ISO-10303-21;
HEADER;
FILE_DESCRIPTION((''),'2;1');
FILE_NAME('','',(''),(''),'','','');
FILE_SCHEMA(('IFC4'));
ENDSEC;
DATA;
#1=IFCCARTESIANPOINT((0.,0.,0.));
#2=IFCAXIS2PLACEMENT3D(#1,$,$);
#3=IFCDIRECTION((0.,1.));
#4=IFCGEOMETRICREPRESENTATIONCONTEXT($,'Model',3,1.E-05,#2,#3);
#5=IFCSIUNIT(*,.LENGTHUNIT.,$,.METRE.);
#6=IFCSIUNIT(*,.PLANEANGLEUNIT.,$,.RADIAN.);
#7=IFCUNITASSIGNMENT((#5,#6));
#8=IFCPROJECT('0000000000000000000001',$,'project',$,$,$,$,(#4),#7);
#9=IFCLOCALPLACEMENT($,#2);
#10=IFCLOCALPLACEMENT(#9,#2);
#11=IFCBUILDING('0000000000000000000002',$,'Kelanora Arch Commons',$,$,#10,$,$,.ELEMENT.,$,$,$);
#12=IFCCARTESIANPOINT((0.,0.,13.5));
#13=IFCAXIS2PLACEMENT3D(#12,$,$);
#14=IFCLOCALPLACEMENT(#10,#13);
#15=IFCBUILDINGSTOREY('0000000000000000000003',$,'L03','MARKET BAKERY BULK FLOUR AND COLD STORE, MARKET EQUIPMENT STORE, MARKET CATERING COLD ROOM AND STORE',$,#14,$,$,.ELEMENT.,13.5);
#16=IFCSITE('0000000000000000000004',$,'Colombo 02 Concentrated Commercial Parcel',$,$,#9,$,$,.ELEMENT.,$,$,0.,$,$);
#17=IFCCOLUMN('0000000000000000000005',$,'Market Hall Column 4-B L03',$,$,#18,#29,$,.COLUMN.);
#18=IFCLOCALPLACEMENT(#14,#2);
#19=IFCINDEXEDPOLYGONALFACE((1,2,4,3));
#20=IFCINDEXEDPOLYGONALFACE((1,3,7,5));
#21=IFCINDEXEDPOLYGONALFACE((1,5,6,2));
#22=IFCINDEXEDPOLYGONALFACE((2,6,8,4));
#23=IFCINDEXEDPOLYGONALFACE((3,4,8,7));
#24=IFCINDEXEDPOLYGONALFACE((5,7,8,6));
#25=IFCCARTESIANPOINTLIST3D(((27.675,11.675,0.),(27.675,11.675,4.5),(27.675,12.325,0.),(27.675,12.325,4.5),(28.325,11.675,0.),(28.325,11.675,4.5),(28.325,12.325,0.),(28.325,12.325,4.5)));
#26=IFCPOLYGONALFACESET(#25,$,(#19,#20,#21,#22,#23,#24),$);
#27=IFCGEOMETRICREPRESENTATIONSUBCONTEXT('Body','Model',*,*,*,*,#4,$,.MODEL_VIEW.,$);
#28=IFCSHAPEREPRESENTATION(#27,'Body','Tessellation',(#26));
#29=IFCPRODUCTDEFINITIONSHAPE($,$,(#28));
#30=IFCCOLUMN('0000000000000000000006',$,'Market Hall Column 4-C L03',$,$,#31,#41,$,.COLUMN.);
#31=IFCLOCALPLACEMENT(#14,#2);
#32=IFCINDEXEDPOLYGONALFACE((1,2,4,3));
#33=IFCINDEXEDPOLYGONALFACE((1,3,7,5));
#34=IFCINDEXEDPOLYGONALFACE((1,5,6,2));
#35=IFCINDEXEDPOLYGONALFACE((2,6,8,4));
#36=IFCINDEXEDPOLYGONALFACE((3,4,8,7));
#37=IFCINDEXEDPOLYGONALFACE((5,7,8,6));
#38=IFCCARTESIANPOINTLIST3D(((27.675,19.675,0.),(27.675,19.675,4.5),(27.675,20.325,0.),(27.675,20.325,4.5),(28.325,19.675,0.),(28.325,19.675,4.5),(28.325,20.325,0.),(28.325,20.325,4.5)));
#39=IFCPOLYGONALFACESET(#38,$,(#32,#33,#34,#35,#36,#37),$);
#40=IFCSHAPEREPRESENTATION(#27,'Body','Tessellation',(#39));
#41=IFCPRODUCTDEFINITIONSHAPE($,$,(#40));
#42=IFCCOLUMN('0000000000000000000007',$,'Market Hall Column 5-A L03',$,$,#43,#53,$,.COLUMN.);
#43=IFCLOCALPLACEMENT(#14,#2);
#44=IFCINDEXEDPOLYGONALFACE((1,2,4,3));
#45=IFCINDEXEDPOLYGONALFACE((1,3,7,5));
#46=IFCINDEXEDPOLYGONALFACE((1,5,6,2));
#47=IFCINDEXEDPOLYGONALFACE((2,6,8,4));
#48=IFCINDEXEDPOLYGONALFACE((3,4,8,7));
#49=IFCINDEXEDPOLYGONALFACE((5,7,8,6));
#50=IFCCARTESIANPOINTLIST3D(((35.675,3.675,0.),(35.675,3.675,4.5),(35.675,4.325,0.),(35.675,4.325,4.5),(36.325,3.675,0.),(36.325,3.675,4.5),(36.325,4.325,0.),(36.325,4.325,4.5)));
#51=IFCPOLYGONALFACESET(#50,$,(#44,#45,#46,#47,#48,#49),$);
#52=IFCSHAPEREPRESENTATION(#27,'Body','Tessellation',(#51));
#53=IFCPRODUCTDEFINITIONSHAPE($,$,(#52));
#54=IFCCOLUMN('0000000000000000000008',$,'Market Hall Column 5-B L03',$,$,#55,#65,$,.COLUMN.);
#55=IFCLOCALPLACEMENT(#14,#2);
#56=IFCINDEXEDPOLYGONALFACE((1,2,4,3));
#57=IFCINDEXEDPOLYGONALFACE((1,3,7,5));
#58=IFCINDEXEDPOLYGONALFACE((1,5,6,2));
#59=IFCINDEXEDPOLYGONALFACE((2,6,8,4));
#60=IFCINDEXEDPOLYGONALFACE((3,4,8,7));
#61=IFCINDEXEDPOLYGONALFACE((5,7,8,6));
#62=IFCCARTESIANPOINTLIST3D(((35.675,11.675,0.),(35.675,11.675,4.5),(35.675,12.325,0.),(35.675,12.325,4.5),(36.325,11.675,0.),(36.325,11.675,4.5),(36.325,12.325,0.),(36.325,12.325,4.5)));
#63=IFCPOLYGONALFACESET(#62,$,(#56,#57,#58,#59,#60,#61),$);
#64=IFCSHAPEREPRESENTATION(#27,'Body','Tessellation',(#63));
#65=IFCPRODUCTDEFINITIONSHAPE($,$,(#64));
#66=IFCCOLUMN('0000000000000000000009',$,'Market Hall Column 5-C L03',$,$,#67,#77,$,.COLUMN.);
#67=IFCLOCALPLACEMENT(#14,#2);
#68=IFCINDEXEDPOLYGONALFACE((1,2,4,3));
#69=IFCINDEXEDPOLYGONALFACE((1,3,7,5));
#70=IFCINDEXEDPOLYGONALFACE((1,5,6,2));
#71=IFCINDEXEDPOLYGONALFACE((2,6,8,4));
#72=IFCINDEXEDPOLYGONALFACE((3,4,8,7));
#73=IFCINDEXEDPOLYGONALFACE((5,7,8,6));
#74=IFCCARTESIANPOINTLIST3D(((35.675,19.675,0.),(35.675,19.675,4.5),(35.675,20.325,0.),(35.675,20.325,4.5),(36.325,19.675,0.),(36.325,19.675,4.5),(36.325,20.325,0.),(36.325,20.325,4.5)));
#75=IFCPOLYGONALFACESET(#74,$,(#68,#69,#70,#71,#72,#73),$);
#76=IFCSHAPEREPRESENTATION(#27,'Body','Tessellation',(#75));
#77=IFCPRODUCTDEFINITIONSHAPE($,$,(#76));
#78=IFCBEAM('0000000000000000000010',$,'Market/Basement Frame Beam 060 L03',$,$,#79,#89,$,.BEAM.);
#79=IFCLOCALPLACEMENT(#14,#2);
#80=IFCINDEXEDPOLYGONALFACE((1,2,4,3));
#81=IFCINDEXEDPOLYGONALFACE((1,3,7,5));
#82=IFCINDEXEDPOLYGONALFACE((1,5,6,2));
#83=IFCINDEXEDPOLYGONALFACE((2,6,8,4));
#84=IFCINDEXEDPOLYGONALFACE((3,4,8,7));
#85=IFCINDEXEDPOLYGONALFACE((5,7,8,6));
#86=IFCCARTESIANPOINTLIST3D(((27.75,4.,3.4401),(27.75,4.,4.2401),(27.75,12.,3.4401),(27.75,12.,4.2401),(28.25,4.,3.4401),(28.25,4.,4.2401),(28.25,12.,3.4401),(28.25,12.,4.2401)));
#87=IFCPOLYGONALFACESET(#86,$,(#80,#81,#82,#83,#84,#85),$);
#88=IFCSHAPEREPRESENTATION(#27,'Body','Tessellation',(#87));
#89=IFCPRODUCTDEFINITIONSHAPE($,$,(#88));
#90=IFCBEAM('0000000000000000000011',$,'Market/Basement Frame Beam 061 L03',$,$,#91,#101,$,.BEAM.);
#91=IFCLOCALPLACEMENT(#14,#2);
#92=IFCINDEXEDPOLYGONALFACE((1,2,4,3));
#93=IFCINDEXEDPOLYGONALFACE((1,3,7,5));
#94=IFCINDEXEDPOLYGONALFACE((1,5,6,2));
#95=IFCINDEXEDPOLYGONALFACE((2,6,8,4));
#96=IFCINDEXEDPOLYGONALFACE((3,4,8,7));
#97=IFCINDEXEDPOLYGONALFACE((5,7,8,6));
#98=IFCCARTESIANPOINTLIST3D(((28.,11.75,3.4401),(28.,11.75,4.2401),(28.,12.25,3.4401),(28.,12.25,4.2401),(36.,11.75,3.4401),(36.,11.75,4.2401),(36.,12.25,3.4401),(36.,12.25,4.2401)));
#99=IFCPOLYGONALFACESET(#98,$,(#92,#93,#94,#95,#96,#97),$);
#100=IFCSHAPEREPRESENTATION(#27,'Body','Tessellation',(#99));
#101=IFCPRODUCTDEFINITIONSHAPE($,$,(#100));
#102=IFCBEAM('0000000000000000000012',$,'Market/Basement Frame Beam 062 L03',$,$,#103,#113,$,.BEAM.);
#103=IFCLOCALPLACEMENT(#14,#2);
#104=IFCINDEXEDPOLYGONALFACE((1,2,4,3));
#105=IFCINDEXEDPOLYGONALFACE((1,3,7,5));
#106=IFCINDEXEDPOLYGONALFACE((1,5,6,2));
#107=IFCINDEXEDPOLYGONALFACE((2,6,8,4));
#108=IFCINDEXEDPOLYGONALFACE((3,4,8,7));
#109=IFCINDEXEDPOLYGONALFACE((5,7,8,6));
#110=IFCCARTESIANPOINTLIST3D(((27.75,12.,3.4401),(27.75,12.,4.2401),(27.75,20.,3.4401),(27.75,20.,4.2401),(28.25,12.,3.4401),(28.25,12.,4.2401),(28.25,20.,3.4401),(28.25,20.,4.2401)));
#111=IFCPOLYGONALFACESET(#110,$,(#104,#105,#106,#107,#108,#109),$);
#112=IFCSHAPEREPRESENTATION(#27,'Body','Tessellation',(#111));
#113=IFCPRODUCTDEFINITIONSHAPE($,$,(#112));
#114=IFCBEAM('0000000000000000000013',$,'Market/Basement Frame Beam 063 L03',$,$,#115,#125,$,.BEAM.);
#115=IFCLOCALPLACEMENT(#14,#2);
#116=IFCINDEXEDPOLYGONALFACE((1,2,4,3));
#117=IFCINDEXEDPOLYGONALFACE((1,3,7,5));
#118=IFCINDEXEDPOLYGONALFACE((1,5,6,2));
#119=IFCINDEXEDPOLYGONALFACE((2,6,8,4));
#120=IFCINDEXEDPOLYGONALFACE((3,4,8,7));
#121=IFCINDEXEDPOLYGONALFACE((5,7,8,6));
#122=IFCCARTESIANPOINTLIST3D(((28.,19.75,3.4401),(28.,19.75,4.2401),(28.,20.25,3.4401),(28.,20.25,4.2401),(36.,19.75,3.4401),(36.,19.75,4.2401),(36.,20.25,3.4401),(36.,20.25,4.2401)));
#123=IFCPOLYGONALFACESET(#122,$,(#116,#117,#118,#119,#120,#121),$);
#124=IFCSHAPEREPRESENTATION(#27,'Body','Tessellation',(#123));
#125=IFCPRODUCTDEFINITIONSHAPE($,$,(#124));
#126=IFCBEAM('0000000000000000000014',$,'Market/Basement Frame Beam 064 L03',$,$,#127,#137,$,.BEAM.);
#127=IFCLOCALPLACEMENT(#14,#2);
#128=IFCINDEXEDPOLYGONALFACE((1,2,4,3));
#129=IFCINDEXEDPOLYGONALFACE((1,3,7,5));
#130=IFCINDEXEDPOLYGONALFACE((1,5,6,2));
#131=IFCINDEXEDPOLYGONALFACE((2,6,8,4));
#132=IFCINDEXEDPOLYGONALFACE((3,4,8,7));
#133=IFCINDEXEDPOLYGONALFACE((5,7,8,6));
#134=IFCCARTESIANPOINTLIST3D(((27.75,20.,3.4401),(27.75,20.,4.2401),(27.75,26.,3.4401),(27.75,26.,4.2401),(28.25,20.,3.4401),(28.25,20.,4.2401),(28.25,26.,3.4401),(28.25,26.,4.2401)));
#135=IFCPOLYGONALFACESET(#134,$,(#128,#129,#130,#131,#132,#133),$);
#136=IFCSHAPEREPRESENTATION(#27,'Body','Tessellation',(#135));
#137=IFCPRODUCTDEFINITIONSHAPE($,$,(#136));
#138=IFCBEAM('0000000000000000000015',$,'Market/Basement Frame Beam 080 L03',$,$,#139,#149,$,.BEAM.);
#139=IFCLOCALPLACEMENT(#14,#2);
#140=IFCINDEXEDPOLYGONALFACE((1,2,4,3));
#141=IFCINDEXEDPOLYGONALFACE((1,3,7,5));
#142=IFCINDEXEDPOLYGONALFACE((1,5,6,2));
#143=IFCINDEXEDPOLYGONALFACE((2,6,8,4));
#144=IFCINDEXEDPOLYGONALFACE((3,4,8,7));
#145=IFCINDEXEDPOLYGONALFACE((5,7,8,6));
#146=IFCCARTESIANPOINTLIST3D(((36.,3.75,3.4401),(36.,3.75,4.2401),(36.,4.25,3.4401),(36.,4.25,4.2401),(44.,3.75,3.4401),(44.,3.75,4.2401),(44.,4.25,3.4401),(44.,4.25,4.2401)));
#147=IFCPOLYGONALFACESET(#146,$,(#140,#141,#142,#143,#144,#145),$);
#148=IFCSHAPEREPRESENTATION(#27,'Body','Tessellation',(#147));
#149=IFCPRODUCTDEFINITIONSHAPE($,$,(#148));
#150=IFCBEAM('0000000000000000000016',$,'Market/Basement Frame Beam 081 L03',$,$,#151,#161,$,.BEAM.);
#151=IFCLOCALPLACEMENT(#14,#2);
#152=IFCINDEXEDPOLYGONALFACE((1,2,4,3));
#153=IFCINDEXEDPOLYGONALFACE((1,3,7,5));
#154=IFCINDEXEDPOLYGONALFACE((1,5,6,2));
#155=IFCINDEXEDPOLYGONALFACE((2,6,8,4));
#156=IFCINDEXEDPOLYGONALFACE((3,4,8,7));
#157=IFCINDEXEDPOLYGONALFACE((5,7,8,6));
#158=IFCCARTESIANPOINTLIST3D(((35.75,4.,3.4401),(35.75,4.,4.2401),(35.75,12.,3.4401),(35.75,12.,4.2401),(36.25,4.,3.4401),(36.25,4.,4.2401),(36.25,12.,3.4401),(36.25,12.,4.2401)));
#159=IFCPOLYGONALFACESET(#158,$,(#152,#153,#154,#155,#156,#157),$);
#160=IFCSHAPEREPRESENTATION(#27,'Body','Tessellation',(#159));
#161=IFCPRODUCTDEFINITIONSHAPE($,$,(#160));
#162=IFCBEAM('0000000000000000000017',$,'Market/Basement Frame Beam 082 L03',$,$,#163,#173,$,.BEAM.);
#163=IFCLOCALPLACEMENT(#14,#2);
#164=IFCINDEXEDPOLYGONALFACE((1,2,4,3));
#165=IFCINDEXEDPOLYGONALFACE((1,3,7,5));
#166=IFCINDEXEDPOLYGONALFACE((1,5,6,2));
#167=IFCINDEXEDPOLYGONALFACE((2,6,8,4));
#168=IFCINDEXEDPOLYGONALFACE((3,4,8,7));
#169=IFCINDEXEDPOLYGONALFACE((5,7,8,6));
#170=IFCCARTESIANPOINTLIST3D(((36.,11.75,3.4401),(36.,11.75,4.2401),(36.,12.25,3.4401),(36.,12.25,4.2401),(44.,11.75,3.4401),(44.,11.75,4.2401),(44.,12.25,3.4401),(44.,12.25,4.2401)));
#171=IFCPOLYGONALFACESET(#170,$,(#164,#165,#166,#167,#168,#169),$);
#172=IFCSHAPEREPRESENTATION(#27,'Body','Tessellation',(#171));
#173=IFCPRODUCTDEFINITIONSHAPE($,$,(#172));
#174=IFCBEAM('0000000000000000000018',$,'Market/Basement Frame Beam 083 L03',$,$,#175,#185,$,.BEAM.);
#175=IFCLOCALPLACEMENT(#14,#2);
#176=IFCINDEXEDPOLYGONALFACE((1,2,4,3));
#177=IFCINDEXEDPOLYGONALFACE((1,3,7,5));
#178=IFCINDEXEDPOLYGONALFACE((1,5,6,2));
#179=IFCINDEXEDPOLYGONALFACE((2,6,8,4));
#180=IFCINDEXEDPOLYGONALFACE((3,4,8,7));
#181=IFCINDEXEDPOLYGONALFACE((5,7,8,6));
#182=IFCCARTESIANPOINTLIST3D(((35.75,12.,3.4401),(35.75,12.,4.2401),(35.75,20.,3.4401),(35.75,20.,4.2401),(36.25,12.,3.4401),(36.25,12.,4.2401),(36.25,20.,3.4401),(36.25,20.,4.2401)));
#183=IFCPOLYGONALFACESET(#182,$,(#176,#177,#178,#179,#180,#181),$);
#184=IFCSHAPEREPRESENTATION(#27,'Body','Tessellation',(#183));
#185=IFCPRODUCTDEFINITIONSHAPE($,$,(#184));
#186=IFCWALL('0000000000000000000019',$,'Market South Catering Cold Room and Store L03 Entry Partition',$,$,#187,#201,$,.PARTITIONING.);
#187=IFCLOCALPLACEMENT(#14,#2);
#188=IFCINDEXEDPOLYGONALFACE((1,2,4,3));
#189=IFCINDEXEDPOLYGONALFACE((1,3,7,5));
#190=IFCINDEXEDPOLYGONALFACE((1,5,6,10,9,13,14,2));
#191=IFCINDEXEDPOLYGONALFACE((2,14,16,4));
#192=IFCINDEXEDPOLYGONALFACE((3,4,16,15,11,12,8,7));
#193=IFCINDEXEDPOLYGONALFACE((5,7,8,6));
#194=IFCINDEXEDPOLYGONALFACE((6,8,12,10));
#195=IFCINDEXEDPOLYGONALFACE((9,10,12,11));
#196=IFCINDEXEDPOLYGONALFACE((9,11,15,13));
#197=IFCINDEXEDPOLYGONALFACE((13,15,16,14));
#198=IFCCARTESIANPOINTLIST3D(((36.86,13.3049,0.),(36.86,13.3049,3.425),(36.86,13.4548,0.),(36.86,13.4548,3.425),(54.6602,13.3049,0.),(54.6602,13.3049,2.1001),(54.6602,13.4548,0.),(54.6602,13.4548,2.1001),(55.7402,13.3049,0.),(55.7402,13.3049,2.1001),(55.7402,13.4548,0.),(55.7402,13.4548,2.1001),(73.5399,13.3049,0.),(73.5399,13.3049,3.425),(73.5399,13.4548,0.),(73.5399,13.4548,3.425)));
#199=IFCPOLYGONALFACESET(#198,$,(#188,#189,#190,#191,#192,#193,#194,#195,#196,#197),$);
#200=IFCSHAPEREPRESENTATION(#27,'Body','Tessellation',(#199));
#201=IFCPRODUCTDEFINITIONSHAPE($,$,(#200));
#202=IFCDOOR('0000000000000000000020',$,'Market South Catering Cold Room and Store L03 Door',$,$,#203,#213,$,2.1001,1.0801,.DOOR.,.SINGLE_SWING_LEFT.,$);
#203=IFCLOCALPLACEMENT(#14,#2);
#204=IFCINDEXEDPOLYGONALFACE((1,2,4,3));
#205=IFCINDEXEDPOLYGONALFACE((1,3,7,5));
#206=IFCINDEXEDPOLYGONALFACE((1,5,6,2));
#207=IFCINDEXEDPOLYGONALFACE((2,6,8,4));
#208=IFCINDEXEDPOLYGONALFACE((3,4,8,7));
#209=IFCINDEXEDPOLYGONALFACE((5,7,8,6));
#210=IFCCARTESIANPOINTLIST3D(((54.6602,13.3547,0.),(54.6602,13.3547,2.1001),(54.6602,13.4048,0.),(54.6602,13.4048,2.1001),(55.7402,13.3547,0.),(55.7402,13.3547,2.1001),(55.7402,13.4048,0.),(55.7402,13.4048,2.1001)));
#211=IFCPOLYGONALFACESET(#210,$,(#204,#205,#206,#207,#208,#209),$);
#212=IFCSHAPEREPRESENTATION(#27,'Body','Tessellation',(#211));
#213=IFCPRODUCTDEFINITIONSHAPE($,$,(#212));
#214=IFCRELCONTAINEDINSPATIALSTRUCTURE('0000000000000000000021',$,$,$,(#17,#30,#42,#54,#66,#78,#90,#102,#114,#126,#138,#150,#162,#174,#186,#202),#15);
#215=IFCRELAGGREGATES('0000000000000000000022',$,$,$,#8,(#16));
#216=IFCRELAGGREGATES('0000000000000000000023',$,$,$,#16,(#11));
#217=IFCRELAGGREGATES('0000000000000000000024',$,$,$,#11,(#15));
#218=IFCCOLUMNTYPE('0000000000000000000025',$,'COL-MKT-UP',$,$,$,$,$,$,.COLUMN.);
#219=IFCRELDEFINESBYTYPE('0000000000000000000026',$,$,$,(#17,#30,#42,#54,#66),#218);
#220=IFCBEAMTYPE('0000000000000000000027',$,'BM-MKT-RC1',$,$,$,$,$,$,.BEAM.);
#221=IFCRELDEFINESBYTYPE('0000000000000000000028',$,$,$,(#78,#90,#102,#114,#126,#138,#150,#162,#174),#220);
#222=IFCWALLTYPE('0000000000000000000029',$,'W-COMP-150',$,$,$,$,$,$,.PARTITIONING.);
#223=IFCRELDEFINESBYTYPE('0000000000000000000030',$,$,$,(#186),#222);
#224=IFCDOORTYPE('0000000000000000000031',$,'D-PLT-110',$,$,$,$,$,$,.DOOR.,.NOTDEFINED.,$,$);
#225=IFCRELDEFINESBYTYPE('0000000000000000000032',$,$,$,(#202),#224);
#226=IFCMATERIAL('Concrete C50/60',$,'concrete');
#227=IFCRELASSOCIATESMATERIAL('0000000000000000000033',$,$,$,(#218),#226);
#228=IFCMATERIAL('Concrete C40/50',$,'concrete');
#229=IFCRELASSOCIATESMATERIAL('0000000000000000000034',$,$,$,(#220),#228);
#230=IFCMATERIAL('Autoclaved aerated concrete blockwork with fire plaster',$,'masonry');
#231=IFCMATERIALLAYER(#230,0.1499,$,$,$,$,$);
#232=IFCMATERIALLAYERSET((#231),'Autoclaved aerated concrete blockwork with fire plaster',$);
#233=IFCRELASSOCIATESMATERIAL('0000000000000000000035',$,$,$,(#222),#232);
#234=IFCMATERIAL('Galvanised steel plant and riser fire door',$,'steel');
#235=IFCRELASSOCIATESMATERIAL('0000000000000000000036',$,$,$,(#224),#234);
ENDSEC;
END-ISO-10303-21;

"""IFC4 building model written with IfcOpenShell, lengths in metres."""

from ifc_helpers import new_model, si_unit, direction, frame, frame_2d, origin, origin_2d, place, context, subcontext, project, spatial, rectangle, extrude, material, layer, layer_set, material_profile, profile_set, type_object, element, fill, save


model = new_model("IFC4")

# Units and contexts
model_context = context("Model", 3, precision=1e-05, world=origin(), true_north=direction((0.0, 1.0)))
body_context = subcontext(model_context, "Body", "Model", "MODEL_VIEW")
ifc_project = project(units=[si_unit("LENGTHUNIT", "METRE"), si_unit("PLANEANGLEUNIT", "RADIAN")], contexts=[model_context])

# Site, building, storey
site_placement = place(None, origin())
site = spatial("IfcSite", under=ifc_project, at=site_placement, Name="Colombo 02 Concentrated Commercial Parcel", CompositionType="ELEMENT", RefElevation=0.0)
building_placement = place(site_placement, origin())
building = spatial("IfcBuilding", under=site, at=building_placement, Name="Kelanora Arch Commons", CompositionType="ELEMENT")
storey_placement = place(building_placement, frame((0.0, 0.0, 13.5)))
storey = spatial("IfcBuildingStorey", under=building, at=storey_placement, Name="L03", Description="MARKET BAKERY BULK FLOUR AND COLD STORE, MARKET EQUIPMENT STORE, MARKET CATERING COLD ROOM AND STORE", CompositionType="ELEMENT", Elevation=13.5)

# Columns
ifc_material_1 = material(Name="Concrete C50/60", Category="concrete")
ifc_material_profile_1 = material_profile(ifc_material_1, rectangle(XDim=0.6499, YDim=0.6499, at=origin_2d()), Name="RC650x650")
ifc_profile_set_1 = profile_set([ifc_material_profile_1], Name="Concrete C50/60")
column_type = type_object("IfcColumnType", Name="COL-MKT-UP", PredefinedType="COLUMN", material=ifc_profile_set_1)
for number, where, z_axis, x_axis, name in (
    (1, (28.0, 12.0, 0.0), (0.0, 0.0, 1.0), (1.0, 0.0, 0.0), "Market Hall Column 4-B L03"),
    (2, (28.0, 20.0, 0.0), (0.0, 0.0, 1.0), (1.0, 0.0, 0.0), "Market Hall Column 4-C L03"),
    (3, (36.0, 4.0, 0.0), (0.0, 0.0, 1.0), (1.0, 0.0, 0.0), "Market Hall Column 5-A L03"),
    (4, (36.0, 12.0, 0.0), (0.0, 0.0, 1.0), (1.0, 0.0, 0.0), "Market Hall Column 5-B L03"),
    (5, (36.0, 20.0, 0.0), (0.0, 0.0, 1.0), (1.0, 0.0, 0.0), "Market Hall Column 5-C L03"),
):
    element("IfcColumn", number, at=place(storey_placement, frame(where, z_axis=z_axis, x_axis=x_axis)), inside=storey, type_object=column_type, Name=name, PredefinedType="COLUMN", context=body_context, shape_type="SweptSolid", body=[
        extrude(rectangle(XDim=0.6499, YDim=0.6499, at=origin_2d()), origin(), (0.0, 0.0, 1.0), 4.5),
    ])

# Beams
ifc_material_2 = material(Name="Concrete C40/50", Category="concrete")
ifc_material_profile_2 = material_profile(ifc_material_2, rectangle(XDim=0.5, YDim=0.8, at=origin_2d()), Name="RCB500x800")
ifc_profile_set_2 = profile_set([ifc_material_profile_2], Name="Concrete C40/50")
beam_type = type_object("IfcBeamType", Name="BM-MKT-RC1", PredefinedType="BEAM", material=ifc_profile_set_2)
for number, where, z_axis, x_axis, name in (
    (6, (28.0, 4.0, 3.8401), (0.0, 1.0, 0.0), (-1.0, 0.0, 0.0), "Market/Basement Frame Beam 060 L03"),
    (7, (28.0, 12.0, 3.8401), (1.0, 0.0, 0.0), (0.0, 1.0, 0.0), "Market/Basement Frame Beam 061 L03"),
    (8, (28.0, 12.0, 3.8401), (0.0, 1.0, 0.0), (-1.0, 0.0, 0.0), "Market/Basement Frame Beam 062 L03"),
    (9, (28.0, 20.0, 3.8401), (1.0, 0.0, 0.0), (0.0, 1.0, 0.0), "Market/Basement Frame Beam 063 L03"),
):
    element("IfcBeam", number, at=place(storey_placement, frame(where, z_axis=z_axis, x_axis=x_axis)), inside=storey, type_object=beam_type, Name=name, PredefinedType="BEAM", context=body_context, shape_type="SweptSolid", body=[
        extrude(rectangle(XDim=0.5, YDim=0.8, at=origin_2d()), origin(), (0.0, 0.0, 1.0), 8.0),
    ])
beam_placement = place(storey_placement, frame((28.0, 20.0, 3.8401), z_axis=(0.0, 1.0, 0.0), x_axis=(-1.0, 0.0, 0.0)))
element("IfcBeam", 10, at=beam_placement, inside=storey, type_object=beam_type, Name="Market/Basement Frame Beam 064 L03", PredefinedType="BEAM", context=body_context, shape_type="SweptSolid", body=[
    extrude(rectangle(XDim=0.5, YDim=0.8, at=origin_2d()), origin(), (0.0, 0.0, 1.0), 6.0),
])
for number, where, z_axis, x_axis, name in (
    (11, (36.0, 4.0, 3.8401), (1.0, 0.0, 0.0), (0.0, 1.0, 0.0), "Market/Basement Frame Beam 080 L03"),
    (12, (36.0, 4.0, 3.8401), (0.0, 1.0, 0.0), (-1.0, 0.0, 0.0), "Market/Basement Frame Beam 081 L03"),
    (13, (36.0, 12.0, 3.8401), (1.0, 0.0, 0.0), (0.0, 1.0, 0.0), "Market/Basement Frame Beam 082 L03"),
    (14, (36.0, 12.0, 3.8401), (0.0, 1.0, 0.0), (-1.0, 0.0, 0.0), "Market/Basement Frame Beam 083 L03"),
):
    element("IfcBeam", number, at=place(storey_placement, frame(where, z_axis=z_axis, x_axis=x_axis)), inside=storey, type_object=beam_type, Name=name, PredefinedType="BEAM", context=body_context, shape_type="SweptSolid", body=[
        extrude(rectangle(XDim=0.5, YDim=0.8, at=origin_2d()), origin(), (0.0, 0.0, 1.0), 8.0),
    ])

# Wall, opening, door
ifc_material_3 = material(Name="Autoclaved aerated concrete blockwork with fire plaster", Category="masonry")
ifc_layer_1 = layer(ifc_material_3, 0.1499)
ifc_layer_set_1 = layer_set([ifc_layer_1], Name="Autoclaved aerated concrete blockwork with fire plaster")
wall_type_1 = type_object("IfcWallType", Name="W-COMP-150", PredefinedType="PARTITIONING", material=ifc_layer_set_1)
wall_1_placement = place(storey_placement, frame((36.8601, 13.3799, 0.0), z_axis=(0.0, 0.0, 1.0), x_axis=(1.0, 0.0, 0.0)))
wall_1 = element("IfcWall", 15, at=wall_1_placement, inside=storey, type_object=wall_type_1, Name="Market South Catering Cold Room and Store L03 Entry Partition", PredefinedType="PARTITIONING", context=body_context, shape_type="SweptSolid", body=[
    extrude(rectangle(XDim=36.6799, YDim=0.1499, at=frame_2d((18.3398, 0.0))), origin(), (0.0, 0.0, 1.0), 3.425),
])
opening_1_placement = place(wall_1_placement, frame((17.8, 0.0, 0.0)))
opening_1 = element("IfcOpeningElement", 16, at=opening_1_placement, cuts=wall_1, PredefinedType="OPENING", context=body_context, shape_type="SweptSolid", body=[
    extrude(rectangle(XDim=1.0801, YDim=2.1001, at=frame_2d((0.54, 1.05))), frame((0.0, 0.085, 0.0), z_axis=(0.0, -1.0, 0.0), x_axis=(1.0, 0.0, 0.0)), (0.0, 0.0, 1.0), 0.1699),
])
ifc_material_4 = material(Name="Galvanised steel plant and riser fire door", Category="steel")
door_type_1 = type_object("IfcDoorType", Name="D-PLT-110", OperationType="NOTDEFINED", PredefinedType="DOOR", material=ifc_material_4)
door_1_placement = place(opening_1_placement, origin())
door_1 = element("IfcDoor", 17, at=door_1_placement, inside=storey, type_object=door_type_1, Name="Market South Catering Cold Room and Store L03 Door", OperationType="SINGLE_SWING_LEFT", OverallHeight=2.1001, OverallWidth=1.0801, PredefinedType="DOOR", context=body_context, shape_type="SweptSolid", body=[
    extrude(rectangle(XDim=1.0801, YDim=2.1001, at=frame_2d((0.54, 1.05))), frame((0.0, 0.0249, 0.0), z_axis=(0.0, -1.0, 0.0), x_axis=(1.0, 0.0, 0.0)), (0.0, 0.0, 1.0), 0.05),
])
fill(opening_1, door_1)

save(model, "model.ifc")
